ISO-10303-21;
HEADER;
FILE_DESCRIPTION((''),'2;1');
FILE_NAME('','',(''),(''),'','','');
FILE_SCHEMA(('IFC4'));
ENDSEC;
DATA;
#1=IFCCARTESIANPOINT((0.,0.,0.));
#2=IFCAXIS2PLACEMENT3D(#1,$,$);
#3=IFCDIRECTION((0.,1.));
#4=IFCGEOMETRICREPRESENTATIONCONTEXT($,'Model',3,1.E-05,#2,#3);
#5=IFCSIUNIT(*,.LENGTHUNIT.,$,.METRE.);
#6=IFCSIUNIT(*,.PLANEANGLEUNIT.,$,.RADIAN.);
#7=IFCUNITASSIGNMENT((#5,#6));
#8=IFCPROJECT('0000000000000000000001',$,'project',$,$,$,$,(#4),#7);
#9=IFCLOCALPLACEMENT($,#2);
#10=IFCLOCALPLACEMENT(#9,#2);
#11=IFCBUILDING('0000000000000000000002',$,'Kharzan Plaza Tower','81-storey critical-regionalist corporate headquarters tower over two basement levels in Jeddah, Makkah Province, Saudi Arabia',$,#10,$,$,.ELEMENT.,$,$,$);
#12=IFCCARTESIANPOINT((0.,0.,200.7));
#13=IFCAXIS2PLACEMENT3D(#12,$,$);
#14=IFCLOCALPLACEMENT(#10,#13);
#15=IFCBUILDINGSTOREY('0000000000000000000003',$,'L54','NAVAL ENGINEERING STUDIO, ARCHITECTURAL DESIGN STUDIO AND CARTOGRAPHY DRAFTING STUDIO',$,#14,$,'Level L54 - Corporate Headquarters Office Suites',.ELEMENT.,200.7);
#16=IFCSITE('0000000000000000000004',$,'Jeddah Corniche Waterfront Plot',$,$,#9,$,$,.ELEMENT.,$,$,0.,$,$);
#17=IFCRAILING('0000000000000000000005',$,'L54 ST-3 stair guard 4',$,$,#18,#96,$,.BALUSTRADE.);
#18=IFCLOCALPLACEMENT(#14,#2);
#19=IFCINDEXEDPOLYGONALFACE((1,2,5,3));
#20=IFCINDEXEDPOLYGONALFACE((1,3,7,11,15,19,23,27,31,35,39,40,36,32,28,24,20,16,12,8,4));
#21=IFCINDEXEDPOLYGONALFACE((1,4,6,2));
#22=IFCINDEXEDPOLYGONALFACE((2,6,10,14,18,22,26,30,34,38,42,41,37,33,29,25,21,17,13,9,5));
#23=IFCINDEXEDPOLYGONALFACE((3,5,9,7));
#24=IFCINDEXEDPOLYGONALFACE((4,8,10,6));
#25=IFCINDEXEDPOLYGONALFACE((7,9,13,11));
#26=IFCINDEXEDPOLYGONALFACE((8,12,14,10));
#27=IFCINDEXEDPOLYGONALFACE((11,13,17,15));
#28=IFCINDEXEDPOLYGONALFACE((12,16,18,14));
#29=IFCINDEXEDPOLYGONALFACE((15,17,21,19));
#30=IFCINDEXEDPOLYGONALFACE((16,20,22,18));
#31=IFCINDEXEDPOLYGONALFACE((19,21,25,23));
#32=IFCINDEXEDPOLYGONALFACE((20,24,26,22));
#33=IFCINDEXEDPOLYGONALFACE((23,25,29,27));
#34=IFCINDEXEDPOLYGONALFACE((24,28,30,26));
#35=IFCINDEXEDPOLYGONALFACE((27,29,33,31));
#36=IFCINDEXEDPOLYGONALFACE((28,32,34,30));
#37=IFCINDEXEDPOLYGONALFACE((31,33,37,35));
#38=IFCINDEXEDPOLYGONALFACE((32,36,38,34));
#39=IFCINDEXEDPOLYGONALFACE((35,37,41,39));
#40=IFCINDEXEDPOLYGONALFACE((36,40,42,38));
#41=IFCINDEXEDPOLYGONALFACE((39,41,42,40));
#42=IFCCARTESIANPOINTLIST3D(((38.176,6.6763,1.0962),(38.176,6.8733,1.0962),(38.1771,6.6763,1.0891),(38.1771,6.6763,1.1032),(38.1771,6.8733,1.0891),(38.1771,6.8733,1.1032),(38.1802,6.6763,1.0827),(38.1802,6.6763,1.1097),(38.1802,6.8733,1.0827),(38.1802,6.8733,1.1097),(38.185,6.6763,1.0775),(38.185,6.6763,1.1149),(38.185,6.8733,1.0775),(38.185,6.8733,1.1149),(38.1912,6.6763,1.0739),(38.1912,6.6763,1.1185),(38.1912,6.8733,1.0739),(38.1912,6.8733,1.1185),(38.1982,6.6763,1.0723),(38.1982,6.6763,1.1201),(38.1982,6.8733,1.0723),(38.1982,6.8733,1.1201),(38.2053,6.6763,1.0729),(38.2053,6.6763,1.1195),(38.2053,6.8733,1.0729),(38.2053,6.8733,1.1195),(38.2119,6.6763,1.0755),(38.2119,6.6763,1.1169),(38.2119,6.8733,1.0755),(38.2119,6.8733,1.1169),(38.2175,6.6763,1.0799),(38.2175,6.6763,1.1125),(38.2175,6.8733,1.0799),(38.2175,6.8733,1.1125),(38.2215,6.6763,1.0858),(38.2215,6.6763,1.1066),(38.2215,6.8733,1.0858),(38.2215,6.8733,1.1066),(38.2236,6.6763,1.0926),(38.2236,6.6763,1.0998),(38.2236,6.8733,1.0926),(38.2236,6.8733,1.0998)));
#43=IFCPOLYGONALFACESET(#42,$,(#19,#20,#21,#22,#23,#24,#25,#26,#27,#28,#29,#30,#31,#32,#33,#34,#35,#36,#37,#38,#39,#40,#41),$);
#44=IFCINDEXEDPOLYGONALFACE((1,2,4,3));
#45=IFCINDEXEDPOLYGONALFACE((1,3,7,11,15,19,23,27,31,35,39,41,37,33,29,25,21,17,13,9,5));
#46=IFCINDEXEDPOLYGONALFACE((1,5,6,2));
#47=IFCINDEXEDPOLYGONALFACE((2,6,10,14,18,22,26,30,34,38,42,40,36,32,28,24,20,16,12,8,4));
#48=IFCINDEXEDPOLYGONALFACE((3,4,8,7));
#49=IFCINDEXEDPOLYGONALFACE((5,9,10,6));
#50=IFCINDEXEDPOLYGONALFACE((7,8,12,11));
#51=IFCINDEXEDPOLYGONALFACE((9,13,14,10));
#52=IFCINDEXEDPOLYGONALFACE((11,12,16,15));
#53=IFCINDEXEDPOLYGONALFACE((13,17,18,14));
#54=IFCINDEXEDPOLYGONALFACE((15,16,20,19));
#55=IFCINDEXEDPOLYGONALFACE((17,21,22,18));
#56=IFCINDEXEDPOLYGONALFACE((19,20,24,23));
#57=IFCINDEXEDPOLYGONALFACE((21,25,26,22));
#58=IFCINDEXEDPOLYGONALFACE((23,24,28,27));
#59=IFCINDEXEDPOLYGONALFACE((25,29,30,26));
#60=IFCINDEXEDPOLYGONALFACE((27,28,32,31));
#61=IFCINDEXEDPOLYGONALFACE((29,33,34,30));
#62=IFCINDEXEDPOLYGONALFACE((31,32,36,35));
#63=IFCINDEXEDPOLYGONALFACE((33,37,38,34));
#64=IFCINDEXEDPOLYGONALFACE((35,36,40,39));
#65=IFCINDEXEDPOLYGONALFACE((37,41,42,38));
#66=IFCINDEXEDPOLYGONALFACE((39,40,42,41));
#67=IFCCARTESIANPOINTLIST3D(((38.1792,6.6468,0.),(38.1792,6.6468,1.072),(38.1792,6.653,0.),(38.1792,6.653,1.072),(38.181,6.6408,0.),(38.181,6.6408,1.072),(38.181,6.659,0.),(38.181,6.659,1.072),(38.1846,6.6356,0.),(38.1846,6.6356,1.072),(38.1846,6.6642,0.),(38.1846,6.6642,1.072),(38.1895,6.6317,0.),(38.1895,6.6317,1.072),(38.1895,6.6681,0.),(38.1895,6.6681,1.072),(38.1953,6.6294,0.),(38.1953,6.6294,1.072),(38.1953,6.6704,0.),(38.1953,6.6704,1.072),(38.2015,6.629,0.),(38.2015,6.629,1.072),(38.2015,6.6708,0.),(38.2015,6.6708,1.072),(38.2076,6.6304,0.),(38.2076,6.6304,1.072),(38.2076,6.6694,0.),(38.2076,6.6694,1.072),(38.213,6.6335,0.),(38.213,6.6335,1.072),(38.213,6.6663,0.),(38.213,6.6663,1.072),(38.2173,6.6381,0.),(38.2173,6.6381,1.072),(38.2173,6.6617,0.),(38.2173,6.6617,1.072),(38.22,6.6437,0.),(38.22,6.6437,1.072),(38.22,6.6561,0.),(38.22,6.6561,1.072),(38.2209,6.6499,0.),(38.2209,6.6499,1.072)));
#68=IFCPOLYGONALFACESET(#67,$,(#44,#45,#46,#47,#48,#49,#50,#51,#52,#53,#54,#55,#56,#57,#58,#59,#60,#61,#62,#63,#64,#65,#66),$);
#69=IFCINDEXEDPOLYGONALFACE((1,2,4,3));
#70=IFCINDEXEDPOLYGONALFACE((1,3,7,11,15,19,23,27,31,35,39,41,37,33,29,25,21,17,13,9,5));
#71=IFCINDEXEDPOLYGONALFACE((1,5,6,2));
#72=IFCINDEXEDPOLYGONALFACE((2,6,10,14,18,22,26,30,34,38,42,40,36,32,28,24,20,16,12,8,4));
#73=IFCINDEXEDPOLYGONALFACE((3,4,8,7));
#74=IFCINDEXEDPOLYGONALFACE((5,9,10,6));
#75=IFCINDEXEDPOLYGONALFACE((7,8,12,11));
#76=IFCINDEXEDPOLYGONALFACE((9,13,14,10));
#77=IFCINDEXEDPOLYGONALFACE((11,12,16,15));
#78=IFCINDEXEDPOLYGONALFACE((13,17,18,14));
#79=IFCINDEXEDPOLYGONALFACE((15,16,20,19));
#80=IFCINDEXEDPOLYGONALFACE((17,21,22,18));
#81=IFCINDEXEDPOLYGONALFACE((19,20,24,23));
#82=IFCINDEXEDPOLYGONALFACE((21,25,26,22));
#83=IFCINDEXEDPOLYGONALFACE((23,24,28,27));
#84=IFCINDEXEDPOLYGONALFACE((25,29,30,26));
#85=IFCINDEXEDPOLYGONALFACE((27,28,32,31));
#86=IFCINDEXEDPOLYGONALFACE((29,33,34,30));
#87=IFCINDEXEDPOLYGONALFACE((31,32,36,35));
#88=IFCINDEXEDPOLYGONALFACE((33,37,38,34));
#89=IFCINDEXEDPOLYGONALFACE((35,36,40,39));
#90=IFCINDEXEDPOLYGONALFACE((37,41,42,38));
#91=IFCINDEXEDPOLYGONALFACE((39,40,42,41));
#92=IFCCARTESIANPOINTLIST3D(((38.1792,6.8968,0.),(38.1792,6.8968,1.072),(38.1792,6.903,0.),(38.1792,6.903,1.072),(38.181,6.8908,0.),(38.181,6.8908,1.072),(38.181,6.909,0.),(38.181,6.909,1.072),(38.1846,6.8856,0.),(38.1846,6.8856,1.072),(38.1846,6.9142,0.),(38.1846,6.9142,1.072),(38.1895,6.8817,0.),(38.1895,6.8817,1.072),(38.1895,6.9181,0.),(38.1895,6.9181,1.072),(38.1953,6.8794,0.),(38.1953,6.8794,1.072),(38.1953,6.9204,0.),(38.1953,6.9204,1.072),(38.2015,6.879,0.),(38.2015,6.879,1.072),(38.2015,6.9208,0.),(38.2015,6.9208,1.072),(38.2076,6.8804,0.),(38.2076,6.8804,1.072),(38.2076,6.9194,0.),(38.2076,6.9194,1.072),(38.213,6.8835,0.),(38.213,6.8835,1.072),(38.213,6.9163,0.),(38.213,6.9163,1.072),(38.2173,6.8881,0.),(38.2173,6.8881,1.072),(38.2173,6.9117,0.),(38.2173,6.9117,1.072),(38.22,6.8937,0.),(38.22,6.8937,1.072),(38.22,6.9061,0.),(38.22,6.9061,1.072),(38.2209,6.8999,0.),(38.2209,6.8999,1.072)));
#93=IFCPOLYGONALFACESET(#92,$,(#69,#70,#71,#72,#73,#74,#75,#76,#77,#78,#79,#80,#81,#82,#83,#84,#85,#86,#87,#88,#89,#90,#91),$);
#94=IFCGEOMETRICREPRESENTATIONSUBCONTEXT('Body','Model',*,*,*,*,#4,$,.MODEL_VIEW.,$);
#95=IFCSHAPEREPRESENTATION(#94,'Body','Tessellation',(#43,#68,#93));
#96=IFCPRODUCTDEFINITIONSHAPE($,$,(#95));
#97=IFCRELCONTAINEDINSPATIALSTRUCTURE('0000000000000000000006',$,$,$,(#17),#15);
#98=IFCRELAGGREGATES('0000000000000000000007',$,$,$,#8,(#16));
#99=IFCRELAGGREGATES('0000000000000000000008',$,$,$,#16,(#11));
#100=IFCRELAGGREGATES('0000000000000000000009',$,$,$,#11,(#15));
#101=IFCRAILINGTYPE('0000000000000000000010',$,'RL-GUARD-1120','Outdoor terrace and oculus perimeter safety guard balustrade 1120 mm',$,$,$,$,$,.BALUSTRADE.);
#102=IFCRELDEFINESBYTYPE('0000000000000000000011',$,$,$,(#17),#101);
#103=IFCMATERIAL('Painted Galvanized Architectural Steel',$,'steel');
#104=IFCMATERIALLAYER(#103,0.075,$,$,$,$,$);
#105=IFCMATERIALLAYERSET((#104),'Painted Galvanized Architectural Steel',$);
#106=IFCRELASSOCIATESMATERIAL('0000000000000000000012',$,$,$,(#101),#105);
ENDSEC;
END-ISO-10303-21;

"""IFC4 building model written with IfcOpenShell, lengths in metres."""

from ifc_helpers import new_model, si_unit, direction, frame, origin, origin_2d, place, context, subcontext, project, spatial, circle, extrude, source, transform, mapped, material, layer, layer_set, type_object, element, save


model = new_model("IFC4")

# Units and contexts
model_context = context("Model", 3, precision=1e-05, world=origin(), true_north=direction((0.0, 1.0)))
body_context = subcontext(model_context, "Body", "Model", "MODEL_VIEW")
ifc_project = project(units=[si_unit("LENGTHUNIT", "METRE"), si_unit("PLANEANGLEUNIT", "RADIAN")], contexts=[model_context])

# Site, building, storey
site_placement = place(None, origin())
site = spatial("IfcSite", under=ifc_project, at=site_placement, Name="Jeddah Corniche Waterfront Plot", CompositionType="ELEMENT", RefElevation=0.0)
building_placement = place(site_placement, origin())
building = spatial("IfcBuilding", under=site, at=building_placement, Name="Kharzan Plaza Tower", Description="81-storey critical-regionalist corporate headquarters tower over two basement levels in Jeddah, Makkah Province, Saudi Arabia", CompositionType="ELEMENT")
storey_placement = place(building_placement, frame((0.0, 0.0, 200.7)))
storey = spatial("IfcBuildingStorey", under=building, at=storey_placement, Name="L54", Description="NAVAL ENGINEERING STUDIO, ARCHITECTURAL DESIGN STUDIO AND CARTOGRAPHY DRAFTING STUDIO", LongName="Level L54 - Corporate Headquarters Office Suites", CompositionType="ELEMENT", Elevation=200.7)

# Railing
ifc_material_1 = material(Name="Painted Galvanized Architectural Steel", Category="steel")
ifc_layer_1 = layer(ifc_material_1, 0.075)
ifc_layer_set_1 = layer_set([ifc_layer_1], Name="Painted Galvanized Architectural Steel")
railing_type_1 = type_object("IfcRailingType", Name="RL-GUARD-1120", Description="Outdoor terrace and oculus perimeter safety guard balustrade 1120 mm", PredefinedType="BALUSTRADE", material=ifc_layer_set_1)
shared_shape_1 = source(origin(), body_context, "Body", "SweptSolid", [
    extrude(circle(Radius=0.0239, at=origin_2d()), frame((0.0, 0.0264, 1.0962), z_axis=(0.0, 1.0, 0.0), x_axis=(-1.0, 0.0, 0.0)), (0.0, 0.0, 1.0), 0.197),
    extrude(circle(Radius=0.021, at=origin_2d()), origin(), (0.0, 0.0, 1.0), 1.072),
    extrude(circle(Radius=0.021, at=origin_2d()), frame((0.0, 0.25, 0.0)), (0.0, 0.0, 1.0), 1.072),
])
railing_1_placement = place(storey_placement, frame((38.2, 6.6499, 0.0)))
element("IfcRailing", 1, at=railing_1_placement, inside=storey, type_object=railing_type_1, Name="L54 ST-3 stair guard 4", PredefinedType="BALUSTRADE", context=body_context, shape_type="MappedRepresentation", body=[
    mapped(shared_shape_1, transform((0.0, 0.0, 0.0), x_axis=(1.0, 0.0, 0.0), y_axis=(0.0, 1.0, 0.0), z_axis=(0.0, 0.0, 1.0))),
])

save(model, "model.ifc")
